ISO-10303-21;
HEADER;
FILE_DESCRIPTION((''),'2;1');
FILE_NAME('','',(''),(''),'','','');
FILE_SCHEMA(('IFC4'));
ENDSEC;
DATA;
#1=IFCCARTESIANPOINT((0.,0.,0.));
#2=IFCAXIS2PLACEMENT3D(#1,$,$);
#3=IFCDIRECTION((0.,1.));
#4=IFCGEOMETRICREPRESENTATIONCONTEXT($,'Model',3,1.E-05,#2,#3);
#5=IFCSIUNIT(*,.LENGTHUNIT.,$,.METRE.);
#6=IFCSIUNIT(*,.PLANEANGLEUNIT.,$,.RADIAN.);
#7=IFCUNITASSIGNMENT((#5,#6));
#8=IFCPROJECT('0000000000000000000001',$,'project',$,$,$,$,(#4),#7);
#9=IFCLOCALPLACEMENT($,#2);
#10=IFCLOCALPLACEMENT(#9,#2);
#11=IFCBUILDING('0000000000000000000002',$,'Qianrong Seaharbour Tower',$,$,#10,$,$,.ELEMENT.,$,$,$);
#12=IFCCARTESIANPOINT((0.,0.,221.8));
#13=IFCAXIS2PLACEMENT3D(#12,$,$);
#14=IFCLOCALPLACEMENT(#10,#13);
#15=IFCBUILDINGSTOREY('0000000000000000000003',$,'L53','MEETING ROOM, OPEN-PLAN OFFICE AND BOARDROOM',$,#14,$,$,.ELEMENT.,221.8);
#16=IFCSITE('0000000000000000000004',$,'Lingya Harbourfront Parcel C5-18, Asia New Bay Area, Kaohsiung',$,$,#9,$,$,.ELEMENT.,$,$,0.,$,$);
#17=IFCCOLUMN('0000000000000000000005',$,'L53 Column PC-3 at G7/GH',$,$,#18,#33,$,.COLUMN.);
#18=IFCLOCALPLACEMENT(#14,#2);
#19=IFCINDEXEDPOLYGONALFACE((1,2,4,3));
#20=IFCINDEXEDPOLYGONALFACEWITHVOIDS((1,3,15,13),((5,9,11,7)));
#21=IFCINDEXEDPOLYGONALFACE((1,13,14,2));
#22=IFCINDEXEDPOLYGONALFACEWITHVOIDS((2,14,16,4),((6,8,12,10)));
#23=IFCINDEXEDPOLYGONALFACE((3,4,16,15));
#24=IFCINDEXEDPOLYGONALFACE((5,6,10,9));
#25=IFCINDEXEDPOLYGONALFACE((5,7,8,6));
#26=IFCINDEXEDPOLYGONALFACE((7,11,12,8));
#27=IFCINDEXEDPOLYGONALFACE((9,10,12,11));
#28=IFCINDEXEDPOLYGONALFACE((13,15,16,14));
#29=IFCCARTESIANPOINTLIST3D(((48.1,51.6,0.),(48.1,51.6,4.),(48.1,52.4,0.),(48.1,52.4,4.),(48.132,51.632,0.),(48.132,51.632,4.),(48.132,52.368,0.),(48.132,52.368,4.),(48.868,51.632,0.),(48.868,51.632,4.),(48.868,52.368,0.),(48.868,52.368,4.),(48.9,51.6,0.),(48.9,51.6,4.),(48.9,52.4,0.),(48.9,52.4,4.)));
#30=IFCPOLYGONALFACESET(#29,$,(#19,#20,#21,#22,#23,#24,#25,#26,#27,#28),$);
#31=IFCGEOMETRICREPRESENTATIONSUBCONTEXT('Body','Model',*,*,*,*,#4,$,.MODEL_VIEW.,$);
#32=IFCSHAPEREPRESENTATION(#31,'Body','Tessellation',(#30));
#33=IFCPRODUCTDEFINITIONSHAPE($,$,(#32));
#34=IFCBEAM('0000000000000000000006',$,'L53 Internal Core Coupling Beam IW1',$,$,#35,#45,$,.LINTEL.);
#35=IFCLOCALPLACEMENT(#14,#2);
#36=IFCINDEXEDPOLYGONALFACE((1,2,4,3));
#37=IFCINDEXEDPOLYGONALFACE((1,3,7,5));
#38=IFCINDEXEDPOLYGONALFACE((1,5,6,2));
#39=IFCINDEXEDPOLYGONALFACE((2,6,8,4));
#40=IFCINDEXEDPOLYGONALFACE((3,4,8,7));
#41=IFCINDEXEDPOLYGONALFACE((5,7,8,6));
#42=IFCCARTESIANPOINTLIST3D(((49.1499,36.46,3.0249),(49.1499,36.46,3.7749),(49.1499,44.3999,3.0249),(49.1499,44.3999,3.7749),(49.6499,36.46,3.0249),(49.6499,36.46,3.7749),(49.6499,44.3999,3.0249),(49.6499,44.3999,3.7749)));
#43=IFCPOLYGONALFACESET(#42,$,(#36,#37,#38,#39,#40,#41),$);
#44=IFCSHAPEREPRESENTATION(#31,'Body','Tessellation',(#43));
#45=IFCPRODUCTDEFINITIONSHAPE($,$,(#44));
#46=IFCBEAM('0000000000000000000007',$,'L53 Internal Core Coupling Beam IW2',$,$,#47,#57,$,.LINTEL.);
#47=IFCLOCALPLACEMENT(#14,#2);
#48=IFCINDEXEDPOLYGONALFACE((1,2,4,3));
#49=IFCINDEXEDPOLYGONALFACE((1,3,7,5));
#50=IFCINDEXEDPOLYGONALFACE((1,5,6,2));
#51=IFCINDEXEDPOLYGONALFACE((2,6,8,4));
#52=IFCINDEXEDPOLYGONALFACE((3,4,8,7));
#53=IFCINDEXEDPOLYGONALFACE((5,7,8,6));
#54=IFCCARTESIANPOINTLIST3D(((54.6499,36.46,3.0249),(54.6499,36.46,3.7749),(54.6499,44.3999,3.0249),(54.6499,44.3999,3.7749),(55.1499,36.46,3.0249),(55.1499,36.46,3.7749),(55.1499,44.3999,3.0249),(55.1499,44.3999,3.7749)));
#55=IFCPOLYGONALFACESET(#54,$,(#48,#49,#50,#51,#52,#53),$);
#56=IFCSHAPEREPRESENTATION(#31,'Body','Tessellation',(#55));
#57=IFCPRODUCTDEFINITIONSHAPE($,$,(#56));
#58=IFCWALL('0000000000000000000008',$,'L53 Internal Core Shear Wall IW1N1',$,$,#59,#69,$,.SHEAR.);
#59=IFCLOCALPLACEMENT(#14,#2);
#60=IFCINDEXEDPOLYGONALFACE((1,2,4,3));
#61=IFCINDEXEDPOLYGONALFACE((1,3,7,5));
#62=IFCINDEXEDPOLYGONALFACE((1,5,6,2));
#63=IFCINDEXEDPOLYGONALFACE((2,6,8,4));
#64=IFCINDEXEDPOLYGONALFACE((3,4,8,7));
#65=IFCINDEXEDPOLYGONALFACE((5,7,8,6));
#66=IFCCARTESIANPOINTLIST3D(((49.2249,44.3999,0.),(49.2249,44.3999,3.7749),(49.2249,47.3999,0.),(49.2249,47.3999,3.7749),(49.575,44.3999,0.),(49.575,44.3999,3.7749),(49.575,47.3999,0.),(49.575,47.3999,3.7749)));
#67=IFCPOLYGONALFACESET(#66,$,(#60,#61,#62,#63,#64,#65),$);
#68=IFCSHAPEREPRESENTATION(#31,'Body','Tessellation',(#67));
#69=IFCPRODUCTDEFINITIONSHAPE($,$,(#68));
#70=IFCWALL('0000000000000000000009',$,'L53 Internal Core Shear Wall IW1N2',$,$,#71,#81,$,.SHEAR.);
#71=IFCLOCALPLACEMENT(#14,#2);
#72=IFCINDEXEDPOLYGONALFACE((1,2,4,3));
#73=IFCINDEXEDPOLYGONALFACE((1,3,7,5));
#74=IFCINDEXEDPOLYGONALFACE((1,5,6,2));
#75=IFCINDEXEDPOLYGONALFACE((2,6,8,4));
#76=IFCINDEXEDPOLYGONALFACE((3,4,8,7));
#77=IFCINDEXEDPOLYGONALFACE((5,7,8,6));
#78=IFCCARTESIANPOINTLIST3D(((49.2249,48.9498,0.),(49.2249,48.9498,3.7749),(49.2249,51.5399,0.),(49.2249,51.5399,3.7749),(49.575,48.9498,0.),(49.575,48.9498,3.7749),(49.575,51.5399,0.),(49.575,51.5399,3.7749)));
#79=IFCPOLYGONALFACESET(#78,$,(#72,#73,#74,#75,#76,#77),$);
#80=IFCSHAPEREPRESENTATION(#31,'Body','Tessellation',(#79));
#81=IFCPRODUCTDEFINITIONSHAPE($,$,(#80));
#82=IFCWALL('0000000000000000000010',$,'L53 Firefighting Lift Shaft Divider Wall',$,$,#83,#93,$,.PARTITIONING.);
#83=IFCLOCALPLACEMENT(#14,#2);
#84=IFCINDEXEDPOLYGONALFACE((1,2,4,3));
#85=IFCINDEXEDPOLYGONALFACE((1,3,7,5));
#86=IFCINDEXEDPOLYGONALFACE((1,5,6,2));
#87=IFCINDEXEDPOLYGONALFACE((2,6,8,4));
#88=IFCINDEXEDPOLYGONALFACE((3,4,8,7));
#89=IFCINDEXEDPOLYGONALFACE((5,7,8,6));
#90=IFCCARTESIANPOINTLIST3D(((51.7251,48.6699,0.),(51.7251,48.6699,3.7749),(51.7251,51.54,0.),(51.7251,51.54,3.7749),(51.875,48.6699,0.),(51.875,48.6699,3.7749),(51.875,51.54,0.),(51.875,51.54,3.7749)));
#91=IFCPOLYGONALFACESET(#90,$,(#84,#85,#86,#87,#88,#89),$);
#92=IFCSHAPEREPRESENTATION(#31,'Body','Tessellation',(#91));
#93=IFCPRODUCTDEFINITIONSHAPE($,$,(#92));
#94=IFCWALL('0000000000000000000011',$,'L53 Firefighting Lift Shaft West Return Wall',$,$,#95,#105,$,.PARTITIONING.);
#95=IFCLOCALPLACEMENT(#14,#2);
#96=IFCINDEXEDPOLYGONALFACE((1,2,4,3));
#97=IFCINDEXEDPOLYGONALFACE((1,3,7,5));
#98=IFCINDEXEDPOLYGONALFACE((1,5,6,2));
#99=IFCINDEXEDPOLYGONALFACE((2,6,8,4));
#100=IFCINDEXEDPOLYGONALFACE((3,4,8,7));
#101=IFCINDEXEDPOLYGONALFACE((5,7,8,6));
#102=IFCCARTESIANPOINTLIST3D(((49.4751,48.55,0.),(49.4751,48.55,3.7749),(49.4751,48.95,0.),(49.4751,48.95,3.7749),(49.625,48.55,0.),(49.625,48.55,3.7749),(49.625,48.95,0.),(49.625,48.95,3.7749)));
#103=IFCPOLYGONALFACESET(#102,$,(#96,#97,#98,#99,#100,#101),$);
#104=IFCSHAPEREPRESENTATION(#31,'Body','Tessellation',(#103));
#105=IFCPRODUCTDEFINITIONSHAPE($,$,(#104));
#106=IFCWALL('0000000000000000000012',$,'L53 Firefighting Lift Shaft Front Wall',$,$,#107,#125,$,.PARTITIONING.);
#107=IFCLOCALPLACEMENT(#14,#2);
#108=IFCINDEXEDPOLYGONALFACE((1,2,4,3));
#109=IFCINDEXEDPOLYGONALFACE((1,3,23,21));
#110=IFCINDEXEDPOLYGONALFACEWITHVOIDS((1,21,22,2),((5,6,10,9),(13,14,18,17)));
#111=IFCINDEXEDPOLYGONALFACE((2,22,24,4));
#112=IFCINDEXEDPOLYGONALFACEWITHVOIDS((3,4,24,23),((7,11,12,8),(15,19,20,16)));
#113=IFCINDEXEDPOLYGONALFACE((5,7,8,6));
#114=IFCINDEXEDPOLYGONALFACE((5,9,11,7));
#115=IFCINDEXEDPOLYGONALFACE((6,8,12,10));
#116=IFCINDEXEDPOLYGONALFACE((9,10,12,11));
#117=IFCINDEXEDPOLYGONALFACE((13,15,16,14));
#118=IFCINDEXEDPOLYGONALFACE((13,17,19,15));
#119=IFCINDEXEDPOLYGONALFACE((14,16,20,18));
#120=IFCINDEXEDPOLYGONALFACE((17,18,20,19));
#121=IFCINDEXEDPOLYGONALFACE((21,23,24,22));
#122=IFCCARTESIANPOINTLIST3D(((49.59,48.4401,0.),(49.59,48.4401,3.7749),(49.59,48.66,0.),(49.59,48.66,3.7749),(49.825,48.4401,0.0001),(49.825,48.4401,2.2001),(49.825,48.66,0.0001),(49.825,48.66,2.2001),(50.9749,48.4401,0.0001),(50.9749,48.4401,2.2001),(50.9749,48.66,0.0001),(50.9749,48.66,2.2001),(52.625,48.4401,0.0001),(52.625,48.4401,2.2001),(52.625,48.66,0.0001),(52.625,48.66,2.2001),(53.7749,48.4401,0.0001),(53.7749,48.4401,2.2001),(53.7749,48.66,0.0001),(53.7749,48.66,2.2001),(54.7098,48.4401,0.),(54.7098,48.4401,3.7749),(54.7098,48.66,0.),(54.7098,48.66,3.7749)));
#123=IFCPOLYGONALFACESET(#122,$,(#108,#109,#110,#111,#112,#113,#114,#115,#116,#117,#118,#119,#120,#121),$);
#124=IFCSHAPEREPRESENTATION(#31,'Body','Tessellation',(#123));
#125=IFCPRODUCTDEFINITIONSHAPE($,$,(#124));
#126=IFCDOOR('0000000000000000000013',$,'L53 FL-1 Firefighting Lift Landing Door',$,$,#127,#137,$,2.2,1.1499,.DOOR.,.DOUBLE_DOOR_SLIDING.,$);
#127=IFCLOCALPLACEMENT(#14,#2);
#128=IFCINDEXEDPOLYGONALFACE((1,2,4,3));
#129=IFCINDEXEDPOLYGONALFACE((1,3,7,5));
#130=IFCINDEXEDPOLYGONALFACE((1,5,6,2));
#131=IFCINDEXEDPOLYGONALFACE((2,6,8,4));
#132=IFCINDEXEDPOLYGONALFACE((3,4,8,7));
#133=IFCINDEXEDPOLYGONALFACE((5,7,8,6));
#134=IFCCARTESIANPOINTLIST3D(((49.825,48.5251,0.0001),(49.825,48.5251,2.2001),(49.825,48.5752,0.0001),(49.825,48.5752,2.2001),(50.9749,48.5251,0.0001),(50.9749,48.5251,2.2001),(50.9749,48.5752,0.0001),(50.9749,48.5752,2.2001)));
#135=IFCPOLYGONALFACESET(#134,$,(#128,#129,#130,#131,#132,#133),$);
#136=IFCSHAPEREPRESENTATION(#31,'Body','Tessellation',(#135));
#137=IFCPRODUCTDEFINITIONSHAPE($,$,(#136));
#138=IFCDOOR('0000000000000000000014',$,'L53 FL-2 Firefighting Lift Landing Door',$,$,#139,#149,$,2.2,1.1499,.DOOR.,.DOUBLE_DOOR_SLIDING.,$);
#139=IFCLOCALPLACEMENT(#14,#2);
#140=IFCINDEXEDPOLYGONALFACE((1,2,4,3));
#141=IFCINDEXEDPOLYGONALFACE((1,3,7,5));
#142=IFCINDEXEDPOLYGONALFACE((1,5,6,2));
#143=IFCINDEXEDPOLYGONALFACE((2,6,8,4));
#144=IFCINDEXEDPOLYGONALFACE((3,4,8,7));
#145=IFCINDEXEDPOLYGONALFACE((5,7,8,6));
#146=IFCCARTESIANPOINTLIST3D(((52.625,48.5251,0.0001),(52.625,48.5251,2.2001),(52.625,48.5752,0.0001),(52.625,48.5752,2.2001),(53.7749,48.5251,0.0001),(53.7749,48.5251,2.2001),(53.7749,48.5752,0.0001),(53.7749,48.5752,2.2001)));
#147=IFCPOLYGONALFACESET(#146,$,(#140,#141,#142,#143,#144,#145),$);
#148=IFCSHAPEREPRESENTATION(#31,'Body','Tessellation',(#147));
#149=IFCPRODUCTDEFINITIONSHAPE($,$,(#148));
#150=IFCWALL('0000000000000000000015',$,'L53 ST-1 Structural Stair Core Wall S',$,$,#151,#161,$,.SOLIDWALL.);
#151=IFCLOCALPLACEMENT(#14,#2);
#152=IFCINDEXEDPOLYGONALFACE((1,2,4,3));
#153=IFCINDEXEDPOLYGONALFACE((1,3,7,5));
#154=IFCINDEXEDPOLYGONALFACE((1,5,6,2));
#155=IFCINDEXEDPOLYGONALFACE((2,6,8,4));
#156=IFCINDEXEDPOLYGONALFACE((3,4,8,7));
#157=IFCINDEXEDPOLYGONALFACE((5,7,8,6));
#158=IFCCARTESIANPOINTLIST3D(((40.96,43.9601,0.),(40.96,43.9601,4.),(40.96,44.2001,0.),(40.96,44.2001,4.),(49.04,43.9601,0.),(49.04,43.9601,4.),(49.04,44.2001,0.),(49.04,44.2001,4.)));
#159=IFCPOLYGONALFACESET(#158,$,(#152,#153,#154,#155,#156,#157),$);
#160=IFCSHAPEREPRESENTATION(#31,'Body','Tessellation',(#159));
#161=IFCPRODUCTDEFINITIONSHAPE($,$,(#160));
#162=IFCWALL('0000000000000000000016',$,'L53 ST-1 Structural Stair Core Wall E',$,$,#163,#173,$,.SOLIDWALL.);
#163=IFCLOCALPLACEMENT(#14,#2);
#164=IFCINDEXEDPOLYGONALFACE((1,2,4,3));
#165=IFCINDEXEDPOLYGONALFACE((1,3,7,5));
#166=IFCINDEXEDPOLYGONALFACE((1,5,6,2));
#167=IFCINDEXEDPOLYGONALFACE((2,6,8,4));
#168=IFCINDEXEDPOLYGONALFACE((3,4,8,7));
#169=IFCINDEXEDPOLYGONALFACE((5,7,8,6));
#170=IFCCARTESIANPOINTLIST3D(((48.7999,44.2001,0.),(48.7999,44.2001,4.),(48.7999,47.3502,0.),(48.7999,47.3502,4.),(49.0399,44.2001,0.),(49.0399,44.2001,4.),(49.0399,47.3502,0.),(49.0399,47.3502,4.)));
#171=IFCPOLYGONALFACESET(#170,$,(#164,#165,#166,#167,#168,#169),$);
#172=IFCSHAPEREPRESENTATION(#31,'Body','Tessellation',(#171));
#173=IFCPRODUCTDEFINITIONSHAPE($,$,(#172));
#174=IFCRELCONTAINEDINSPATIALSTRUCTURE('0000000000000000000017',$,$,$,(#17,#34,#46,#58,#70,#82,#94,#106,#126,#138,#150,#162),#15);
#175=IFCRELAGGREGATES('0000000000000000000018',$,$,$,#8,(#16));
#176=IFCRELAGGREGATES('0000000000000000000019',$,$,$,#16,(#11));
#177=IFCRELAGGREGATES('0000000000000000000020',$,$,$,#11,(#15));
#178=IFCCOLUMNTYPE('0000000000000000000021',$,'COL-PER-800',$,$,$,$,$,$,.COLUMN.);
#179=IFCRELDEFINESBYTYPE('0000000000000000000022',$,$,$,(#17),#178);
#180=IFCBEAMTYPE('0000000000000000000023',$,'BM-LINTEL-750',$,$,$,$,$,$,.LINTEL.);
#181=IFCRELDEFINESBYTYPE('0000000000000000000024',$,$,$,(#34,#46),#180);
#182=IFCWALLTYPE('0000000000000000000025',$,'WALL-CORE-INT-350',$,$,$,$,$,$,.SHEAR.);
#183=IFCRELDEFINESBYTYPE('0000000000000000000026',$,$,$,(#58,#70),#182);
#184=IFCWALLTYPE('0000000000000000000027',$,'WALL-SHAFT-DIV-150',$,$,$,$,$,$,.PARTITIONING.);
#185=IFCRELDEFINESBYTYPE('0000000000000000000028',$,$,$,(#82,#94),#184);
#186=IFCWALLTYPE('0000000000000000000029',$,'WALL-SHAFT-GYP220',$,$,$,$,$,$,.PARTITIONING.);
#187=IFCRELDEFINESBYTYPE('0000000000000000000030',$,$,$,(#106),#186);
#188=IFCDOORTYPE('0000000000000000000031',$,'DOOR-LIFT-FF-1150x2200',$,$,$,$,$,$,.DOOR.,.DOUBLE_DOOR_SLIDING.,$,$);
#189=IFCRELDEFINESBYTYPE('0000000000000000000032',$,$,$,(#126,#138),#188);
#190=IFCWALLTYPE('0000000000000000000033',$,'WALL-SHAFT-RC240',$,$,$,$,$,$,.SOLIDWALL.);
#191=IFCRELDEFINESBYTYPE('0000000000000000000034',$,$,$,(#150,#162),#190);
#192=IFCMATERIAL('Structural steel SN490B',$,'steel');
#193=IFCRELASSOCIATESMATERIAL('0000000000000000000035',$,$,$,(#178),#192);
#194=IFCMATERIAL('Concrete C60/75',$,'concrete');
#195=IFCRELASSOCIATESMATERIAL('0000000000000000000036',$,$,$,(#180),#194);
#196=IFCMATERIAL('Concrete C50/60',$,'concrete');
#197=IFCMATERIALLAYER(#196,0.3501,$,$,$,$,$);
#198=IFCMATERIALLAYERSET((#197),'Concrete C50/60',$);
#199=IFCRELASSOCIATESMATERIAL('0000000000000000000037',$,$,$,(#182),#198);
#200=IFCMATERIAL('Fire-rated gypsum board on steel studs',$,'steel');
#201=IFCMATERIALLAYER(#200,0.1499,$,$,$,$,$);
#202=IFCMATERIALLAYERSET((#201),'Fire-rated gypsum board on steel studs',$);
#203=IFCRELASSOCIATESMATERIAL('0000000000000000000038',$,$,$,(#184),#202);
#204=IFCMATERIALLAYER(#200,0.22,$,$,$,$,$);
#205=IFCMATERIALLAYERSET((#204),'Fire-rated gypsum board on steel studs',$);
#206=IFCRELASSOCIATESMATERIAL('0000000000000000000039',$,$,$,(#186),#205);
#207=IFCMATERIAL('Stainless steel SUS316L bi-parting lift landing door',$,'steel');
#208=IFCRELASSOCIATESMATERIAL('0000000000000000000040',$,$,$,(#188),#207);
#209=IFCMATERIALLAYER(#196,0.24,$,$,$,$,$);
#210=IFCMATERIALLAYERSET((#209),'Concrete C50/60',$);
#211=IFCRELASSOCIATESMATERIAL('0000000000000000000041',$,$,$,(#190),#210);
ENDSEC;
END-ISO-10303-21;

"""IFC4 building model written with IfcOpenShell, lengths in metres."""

from ifc_helpers import new_model, si_unit, direction, frame, frame_2d, origin, origin_2d, place, context, subcontext, project, spatial, rectangle, hollow_rectangle, extrude, material, layer, layer_set, material_profile, profile_set, type_object, element, fill, save


model = new_model("IFC4")

# Units and contexts
model_context = context("Model", 3, precision=1e-05, world=origin(), true_north=direction((0.0, 1.0)))
body_context = subcontext(model_context, "Body", "Model", "MODEL_VIEW")
ifc_project = project(units=[si_unit("LENGTHUNIT", "METRE"), si_unit("PLANEANGLEUNIT", "RADIAN")], contexts=[model_context])

# Site, building, storey
site_placement = place(None, origin())
site = spatial("IfcSite", under=ifc_project, at=site_placement, Name="Lingya Harbourfront Parcel C5-18, Asia New Bay Area, Kaohsiung", CompositionType="ELEMENT", RefElevation=0.0)
building_placement = place(site_placement, origin())
building = spatial("IfcBuilding", under=site, at=building_placement, Name="Qianrong Seaharbour Tower", CompositionType="ELEMENT")
storey_placement = place(building_placement, frame((0.0, 0.0, 221.8)))
storey = spatial("IfcBuildingStorey", under=building, at=storey_placement, Name="L53", Description="MEETING ROOM, OPEN-PLAN OFFICE AND BOARDROOM", CompositionType="ELEMENT", Elevation=221.8)

# Column
ifc_material_1 = material(Name="Structural steel SN490B", Category="steel")
ifc_material_profile_1 = material_profile(ifc_material_1, hollow_rectangle(XDim=0.8, YDim=0.8, WallThickness=0.032, at=origin_2d()), Name="BOX800x800x32")
ifc_profile_set_1 = profile_set([ifc_material_profile_1], Name="Structural steel SN490B")
column_type = type_object("IfcColumnType", Name="COL-PER-800", PredefinedType="COLUMN", material=ifc_profile_set_1)
column_placement = place(storey_placement, frame((48.5, 52.0, 0.0), z_axis=(0.0, 0.0, 1.0), x_axis=(1.0, 0.0, 0.0)))
element("IfcColumn", 1, at=column_placement, inside=storey, type_object=column_type, Name="L53 Column PC-3 at G7/GH", PredefinedType="COLUMN", context=body_context, shape_type="SweptSolid", body=[
    extrude(hollow_rectangle(XDim=0.8, YDim=0.8, WallThickness=0.032, at=origin_2d()), origin(), (0.0, 0.0, 1.0), 4.0),
])

# Beams
ifc_material_2 = material(Name="Concrete C60/75", Category="concrete")
ifc_material_profile_2 = material_profile(ifc_material_2, rectangle(XDim=0.5, YDim=0.75, at=origin_2d()), Name="RC500x750")
ifc_profile_set_2 = profile_set([ifc_material_profile_2], Name="Concrete C60/75")
beam_type = type_object("IfcBeamType", Name="BM-LINTEL-750", PredefinedType="LINTEL", material=ifc_profile_set_2)
for number, where, z_axis, x_axis, name in (
    (2, (49.3999, 36.46, 3.3999), (0.0, 1.0, 0.0), (-1.0, 0.0, 0.0), "L53 Internal Core Coupling Beam IW1"),
    (3, (54.8999, 36.46, 3.3999), (0.0, 1.0, 0.0), (-1.0, 0.0, 0.0), "L53 Internal Core Coupling Beam IW2"),
):
    element("IfcBeam", number, at=place(storey_placement, frame(where, z_axis=z_axis, x_axis=x_axis)), inside=storey, type_object=beam_type, Name=name, PredefinedType="LINTEL", context=body_context, shape_type="SweptSolid", body=[
        extrude(rectangle(XDim=0.5, YDim=0.75, at=origin_2d()), origin(), (0.0, 0.0, 1.0), 7.9399),
    ])

# Walls
ifc_material_3 = material(Name="Concrete C50/60", Category="concrete")
ifc_layer_1 = layer(ifc_material_3, 0.3501)
ifc_layer_set_1 = layer_set([ifc_layer_1], Name="Concrete C50/60")
wall_type_1 = type_object("IfcWallType", Name="WALL-CORE-INT-350", PredefinedType="SHEAR", material=ifc_layer_set_1)
wall_1_placement = place(storey_placement, frame((49.3999, 44.3999, 0.0), z_axis=(0.0, 0.0, 1.0), x_axis=(0.0, 1.0, 0.0)))
element("IfcWall", 4, at=wall_1_placement, inside=storey, type_object=wall_type_1, Name="L53 Internal Core Shear Wall IW1N1", PredefinedType="SHEAR", context=body_context, shape_type="SweptSolid", body=[
    extrude(rectangle(XDim=3.0, YDim=0.3501, at=frame_2d((1.5, 0.0))), origin(), (0.0, 0.0, 1.0), 3.7749),
])
wall_2_placement = place(storey_placement, frame((49.3999, 48.95, 0.0), z_axis=(0.0, 0.0, 1.0), x_axis=(0.0, 1.0, 0.0)))
element("IfcWall", 5, at=wall_2_placement, inside=storey, type_object=wall_type_1, Name="L53 Internal Core Shear Wall IW1N2", PredefinedType="SHEAR", context=body_context, shape_type="SweptSolid", body=[
    extrude(rectangle(XDim=2.5901, YDim=0.3501, at=frame_2d((1.2949, 0.0))), origin(), (0.0, 0.0, 1.0), 3.7749),
])

# Walls
ifc_material_4 = material(Name="Fire-rated gypsum board on steel studs", Category="steel")
ifc_layer_2 = layer(ifc_material_4, 0.1499)
ifc_layer_set_2 = layer_set([ifc_layer_2], Name="Fire-rated gypsum board on steel studs")
wall_type_2 = type_object("IfcWallType", Name="WALL-SHAFT-DIV-150", PredefinedType="PARTITIONING", material=ifc_layer_set_2)
wall_3_placement = place(storey_placement, frame((51.8, 48.6699, 0.0), z_axis=(0.0, 0.0, 1.0), x_axis=(0.0, 1.0, 0.0)))
element("IfcWall", 6, at=wall_3_placement, inside=storey, type_object=wall_type_2, Name="L53 Firefighting Lift Shaft Divider Wall", PredefinedType="PARTITIONING", context=body_context, shape_type="SweptSolid", body=[
    extrude(rectangle(XDim=2.8701, YDim=0.1499, at=frame_2d((1.4351, 0.0))), origin(), (0.0, 0.0, 1.0), 3.7749),
])
wall_4_placement = place(storey_placement, frame((49.55, 48.55, 0.0), z_axis=(0.0, 0.0, 1.0), x_axis=(0.0, 1.0, 0.0)))
element("IfcWall", 7, at=wall_4_placement, inside=storey, type_object=wall_type_2, Name="L53 Firefighting Lift Shaft West Return Wall", PredefinedType="PARTITIONING", context=body_context, shape_type="SweptSolid", body=[
    extrude(rectangle(XDim=0.3999, YDim=0.1499, at=frame_2d((0.2, 0.0))), origin(), (0.0, 0.0, 1.0), 3.7749),
])

# Wall, openings, doors
ifc_layer_3 = layer(ifc_material_4, 0.22)
ifc_layer_set_3 = layer_set([ifc_layer_3], Name="Fire-rated gypsum board on steel studs")
wall_type_3 = type_object("IfcWallType", Name="WALL-SHAFT-GYP220", PredefinedType="PARTITIONING", material=ifc_layer_set_3)
wall_5_placement = place(storey_placement, frame((54.71, 48.55, 0.0), z_axis=(0.0, 0.0, 1.0), x_axis=(-1.0, 0.0, 0.0)))
wall_5 = element("IfcWall", 8, at=wall_5_placement, inside=storey, type_object=wall_type_3, Name="L53 Firefighting Lift Shaft Front Wall", PredefinedType="PARTITIONING", context=body_context, shape_type="SweptSolid", body=[
    extrude(rectangle(XDim=5.1199, YDim=0.22, at=frame_2d((2.5601, 0.0))), origin(), (0.0, 0.0, 1.0), 3.7749),
])
opening_1_placement = place(wall_5_placement, frame((3.7351, 0.0, 0.0)))
opening_1 = element("IfcOpeningElement", 9, at=opening_1_placement, cuts=wall_5, PredefinedType="OPENING", context=body_context, shape_type="SweptSolid", body=[
    extrude(rectangle(XDim=1.1499, YDim=2.2, at=frame_2d((0.575, 1.1001))), frame((0.0, 0.1201, 0.0), z_axis=(0.0, -1.0, 0.0), x_axis=(1.0, 0.0, 0.0)), (0.0, 0.0, 1.0), 0.24),
])
opening_2_placement = place(wall_5_placement, frame((0.9351, 0.0, 0.0)))
opening_2 = element("IfcOpeningElement", 10, at=opening_2_placement, cuts=wall_5, PredefinedType="OPENING", context=body_context, shape_type="SweptSolid", body=[
    extrude(rectangle(XDim=1.1499, YDim=2.2, at=frame_2d((0.575, 1.1001))), frame((0.0, 0.1201, 0.0), z_axis=(0.0, -1.0, 0.0), x_axis=(1.0, 0.0, 0.0)), (0.0, 0.0, 1.0), 0.24),
])
ifc_material_5 = material(Name="Stainless steel SUS316L bi-parting lift landing door", Category="steel")
door_type_1 = type_object("IfcDoorType", Name="DOOR-LIFT-FF-1150x2200", OperationType="DOUBLE_DOOR_SLIDING", PredefinedType="DOOR", material=ifc_material_5)
door_1_placement = place(opening_1_placement, origin())
door_1 = element("IfcDoor", 11, at=door_1_placement, inside=storey, type_object=door_type_1, Name="L53 FL-1 Firefighting Lift Landing Door", OperationType="DOUBLE_DOOR_SLIDING", OverallHeight=2.2, OverallWidth=1.1499, PredefinedType="DOOR", context=body_context, shape_type="SweptSolid", body=[
    extrude(rectangle(XDim=1.1499, YDim=2.2, at=frame_2d((0.575, 1.1001))), frame((0.0, 0.0249, 0.0), z_axis=(0.0, -1.0, 0.0), x_axis=(1.0, 0.0, 0.0)), (0.0, 0.0, 1.0), 0.05),
])
fill(opening_1, door_1)
door_2_placement = place(opening_2_placement, origin())
door_2 = element("IfcDoor", 12, at=door_2_placement, inside=storey, type_object=door_type_1, Name="L53 FL-2 Firefighting Lift Landing Door", OperationType="DOUBLE_DOOR_SLIDING", OverallHeight=2.2, OverallWidth=1.1499, PredefinedType="DOOR", context=body_context, shape_type="SweptSolid", body=[
    extrude(rectangle(XDim=1.1499, YDim=2.2, at=frame_2d((0.575, 1.1001))), frame((0.0, 0.0249, 0.0), z_axis=(0.0, -1.0, 0.0), x_axis=(1.0, 0.0, 0.0)), (0.0, 0.0, 1.0), 0.05),
])
fill(opening_2, door_2)

# Walls
ifc_layer_4 = layer(ifc_material_3, 0.24)
ifc_layer_set_4 = layer_set([ifc_layer_4], Name="Concrete C50/60")
wall_type_4 = type_object("IfcWallType", Name="WALL-SHAFT-RC240", PredefinedType="SOLIDWALL", material=ifc_layer_set_4)
wall_6_placement = place(storey_placement, frame((49.04, 44.0801, 0.0), z_axis=(0.0, 0.0, 1.0), x_axis=(-1.0, 0.0, 0.0)))
element("IfcWall", 13, at=wall_6_placement, inside=storey, type_object=wall_type_4, Name="L53 ST-1 Structural Stair Core Wall S", PredefinedType="SOLIDWALL", context=body_context, shape_type="SweptSolid", body=[
    extrude(rectangle(XDim=8.0801, YDim=0.24, at=frame_2d((4.04, 0.0))), origin(), (0.0, 0.0, 1.0), 4.0),
])
wall_7_placement = place(storey_placement, frame((48.9199, 44.2, 0.0), z_axis=(0.0, 0.0, 1.0), x_axis=(0.0, 1.0, 0.0)))
element("IfcWall", 14, at=wall_7_placement, inside=storey, type_object=wall_type_4, Name="L53 ST-1 Structural Stair Core Wall E", PredefinedType="SOLIDWALL", context=body_context, shape_type="SweptSolid", body=[
    extrude(rectangle(XDim=3.1501, YDim=0.24, at=frame_2d((1.5752, 0.0))), origin(), (0.0, 0.0, 1.0), 4.0),
])

save(model, "model.ifc")
